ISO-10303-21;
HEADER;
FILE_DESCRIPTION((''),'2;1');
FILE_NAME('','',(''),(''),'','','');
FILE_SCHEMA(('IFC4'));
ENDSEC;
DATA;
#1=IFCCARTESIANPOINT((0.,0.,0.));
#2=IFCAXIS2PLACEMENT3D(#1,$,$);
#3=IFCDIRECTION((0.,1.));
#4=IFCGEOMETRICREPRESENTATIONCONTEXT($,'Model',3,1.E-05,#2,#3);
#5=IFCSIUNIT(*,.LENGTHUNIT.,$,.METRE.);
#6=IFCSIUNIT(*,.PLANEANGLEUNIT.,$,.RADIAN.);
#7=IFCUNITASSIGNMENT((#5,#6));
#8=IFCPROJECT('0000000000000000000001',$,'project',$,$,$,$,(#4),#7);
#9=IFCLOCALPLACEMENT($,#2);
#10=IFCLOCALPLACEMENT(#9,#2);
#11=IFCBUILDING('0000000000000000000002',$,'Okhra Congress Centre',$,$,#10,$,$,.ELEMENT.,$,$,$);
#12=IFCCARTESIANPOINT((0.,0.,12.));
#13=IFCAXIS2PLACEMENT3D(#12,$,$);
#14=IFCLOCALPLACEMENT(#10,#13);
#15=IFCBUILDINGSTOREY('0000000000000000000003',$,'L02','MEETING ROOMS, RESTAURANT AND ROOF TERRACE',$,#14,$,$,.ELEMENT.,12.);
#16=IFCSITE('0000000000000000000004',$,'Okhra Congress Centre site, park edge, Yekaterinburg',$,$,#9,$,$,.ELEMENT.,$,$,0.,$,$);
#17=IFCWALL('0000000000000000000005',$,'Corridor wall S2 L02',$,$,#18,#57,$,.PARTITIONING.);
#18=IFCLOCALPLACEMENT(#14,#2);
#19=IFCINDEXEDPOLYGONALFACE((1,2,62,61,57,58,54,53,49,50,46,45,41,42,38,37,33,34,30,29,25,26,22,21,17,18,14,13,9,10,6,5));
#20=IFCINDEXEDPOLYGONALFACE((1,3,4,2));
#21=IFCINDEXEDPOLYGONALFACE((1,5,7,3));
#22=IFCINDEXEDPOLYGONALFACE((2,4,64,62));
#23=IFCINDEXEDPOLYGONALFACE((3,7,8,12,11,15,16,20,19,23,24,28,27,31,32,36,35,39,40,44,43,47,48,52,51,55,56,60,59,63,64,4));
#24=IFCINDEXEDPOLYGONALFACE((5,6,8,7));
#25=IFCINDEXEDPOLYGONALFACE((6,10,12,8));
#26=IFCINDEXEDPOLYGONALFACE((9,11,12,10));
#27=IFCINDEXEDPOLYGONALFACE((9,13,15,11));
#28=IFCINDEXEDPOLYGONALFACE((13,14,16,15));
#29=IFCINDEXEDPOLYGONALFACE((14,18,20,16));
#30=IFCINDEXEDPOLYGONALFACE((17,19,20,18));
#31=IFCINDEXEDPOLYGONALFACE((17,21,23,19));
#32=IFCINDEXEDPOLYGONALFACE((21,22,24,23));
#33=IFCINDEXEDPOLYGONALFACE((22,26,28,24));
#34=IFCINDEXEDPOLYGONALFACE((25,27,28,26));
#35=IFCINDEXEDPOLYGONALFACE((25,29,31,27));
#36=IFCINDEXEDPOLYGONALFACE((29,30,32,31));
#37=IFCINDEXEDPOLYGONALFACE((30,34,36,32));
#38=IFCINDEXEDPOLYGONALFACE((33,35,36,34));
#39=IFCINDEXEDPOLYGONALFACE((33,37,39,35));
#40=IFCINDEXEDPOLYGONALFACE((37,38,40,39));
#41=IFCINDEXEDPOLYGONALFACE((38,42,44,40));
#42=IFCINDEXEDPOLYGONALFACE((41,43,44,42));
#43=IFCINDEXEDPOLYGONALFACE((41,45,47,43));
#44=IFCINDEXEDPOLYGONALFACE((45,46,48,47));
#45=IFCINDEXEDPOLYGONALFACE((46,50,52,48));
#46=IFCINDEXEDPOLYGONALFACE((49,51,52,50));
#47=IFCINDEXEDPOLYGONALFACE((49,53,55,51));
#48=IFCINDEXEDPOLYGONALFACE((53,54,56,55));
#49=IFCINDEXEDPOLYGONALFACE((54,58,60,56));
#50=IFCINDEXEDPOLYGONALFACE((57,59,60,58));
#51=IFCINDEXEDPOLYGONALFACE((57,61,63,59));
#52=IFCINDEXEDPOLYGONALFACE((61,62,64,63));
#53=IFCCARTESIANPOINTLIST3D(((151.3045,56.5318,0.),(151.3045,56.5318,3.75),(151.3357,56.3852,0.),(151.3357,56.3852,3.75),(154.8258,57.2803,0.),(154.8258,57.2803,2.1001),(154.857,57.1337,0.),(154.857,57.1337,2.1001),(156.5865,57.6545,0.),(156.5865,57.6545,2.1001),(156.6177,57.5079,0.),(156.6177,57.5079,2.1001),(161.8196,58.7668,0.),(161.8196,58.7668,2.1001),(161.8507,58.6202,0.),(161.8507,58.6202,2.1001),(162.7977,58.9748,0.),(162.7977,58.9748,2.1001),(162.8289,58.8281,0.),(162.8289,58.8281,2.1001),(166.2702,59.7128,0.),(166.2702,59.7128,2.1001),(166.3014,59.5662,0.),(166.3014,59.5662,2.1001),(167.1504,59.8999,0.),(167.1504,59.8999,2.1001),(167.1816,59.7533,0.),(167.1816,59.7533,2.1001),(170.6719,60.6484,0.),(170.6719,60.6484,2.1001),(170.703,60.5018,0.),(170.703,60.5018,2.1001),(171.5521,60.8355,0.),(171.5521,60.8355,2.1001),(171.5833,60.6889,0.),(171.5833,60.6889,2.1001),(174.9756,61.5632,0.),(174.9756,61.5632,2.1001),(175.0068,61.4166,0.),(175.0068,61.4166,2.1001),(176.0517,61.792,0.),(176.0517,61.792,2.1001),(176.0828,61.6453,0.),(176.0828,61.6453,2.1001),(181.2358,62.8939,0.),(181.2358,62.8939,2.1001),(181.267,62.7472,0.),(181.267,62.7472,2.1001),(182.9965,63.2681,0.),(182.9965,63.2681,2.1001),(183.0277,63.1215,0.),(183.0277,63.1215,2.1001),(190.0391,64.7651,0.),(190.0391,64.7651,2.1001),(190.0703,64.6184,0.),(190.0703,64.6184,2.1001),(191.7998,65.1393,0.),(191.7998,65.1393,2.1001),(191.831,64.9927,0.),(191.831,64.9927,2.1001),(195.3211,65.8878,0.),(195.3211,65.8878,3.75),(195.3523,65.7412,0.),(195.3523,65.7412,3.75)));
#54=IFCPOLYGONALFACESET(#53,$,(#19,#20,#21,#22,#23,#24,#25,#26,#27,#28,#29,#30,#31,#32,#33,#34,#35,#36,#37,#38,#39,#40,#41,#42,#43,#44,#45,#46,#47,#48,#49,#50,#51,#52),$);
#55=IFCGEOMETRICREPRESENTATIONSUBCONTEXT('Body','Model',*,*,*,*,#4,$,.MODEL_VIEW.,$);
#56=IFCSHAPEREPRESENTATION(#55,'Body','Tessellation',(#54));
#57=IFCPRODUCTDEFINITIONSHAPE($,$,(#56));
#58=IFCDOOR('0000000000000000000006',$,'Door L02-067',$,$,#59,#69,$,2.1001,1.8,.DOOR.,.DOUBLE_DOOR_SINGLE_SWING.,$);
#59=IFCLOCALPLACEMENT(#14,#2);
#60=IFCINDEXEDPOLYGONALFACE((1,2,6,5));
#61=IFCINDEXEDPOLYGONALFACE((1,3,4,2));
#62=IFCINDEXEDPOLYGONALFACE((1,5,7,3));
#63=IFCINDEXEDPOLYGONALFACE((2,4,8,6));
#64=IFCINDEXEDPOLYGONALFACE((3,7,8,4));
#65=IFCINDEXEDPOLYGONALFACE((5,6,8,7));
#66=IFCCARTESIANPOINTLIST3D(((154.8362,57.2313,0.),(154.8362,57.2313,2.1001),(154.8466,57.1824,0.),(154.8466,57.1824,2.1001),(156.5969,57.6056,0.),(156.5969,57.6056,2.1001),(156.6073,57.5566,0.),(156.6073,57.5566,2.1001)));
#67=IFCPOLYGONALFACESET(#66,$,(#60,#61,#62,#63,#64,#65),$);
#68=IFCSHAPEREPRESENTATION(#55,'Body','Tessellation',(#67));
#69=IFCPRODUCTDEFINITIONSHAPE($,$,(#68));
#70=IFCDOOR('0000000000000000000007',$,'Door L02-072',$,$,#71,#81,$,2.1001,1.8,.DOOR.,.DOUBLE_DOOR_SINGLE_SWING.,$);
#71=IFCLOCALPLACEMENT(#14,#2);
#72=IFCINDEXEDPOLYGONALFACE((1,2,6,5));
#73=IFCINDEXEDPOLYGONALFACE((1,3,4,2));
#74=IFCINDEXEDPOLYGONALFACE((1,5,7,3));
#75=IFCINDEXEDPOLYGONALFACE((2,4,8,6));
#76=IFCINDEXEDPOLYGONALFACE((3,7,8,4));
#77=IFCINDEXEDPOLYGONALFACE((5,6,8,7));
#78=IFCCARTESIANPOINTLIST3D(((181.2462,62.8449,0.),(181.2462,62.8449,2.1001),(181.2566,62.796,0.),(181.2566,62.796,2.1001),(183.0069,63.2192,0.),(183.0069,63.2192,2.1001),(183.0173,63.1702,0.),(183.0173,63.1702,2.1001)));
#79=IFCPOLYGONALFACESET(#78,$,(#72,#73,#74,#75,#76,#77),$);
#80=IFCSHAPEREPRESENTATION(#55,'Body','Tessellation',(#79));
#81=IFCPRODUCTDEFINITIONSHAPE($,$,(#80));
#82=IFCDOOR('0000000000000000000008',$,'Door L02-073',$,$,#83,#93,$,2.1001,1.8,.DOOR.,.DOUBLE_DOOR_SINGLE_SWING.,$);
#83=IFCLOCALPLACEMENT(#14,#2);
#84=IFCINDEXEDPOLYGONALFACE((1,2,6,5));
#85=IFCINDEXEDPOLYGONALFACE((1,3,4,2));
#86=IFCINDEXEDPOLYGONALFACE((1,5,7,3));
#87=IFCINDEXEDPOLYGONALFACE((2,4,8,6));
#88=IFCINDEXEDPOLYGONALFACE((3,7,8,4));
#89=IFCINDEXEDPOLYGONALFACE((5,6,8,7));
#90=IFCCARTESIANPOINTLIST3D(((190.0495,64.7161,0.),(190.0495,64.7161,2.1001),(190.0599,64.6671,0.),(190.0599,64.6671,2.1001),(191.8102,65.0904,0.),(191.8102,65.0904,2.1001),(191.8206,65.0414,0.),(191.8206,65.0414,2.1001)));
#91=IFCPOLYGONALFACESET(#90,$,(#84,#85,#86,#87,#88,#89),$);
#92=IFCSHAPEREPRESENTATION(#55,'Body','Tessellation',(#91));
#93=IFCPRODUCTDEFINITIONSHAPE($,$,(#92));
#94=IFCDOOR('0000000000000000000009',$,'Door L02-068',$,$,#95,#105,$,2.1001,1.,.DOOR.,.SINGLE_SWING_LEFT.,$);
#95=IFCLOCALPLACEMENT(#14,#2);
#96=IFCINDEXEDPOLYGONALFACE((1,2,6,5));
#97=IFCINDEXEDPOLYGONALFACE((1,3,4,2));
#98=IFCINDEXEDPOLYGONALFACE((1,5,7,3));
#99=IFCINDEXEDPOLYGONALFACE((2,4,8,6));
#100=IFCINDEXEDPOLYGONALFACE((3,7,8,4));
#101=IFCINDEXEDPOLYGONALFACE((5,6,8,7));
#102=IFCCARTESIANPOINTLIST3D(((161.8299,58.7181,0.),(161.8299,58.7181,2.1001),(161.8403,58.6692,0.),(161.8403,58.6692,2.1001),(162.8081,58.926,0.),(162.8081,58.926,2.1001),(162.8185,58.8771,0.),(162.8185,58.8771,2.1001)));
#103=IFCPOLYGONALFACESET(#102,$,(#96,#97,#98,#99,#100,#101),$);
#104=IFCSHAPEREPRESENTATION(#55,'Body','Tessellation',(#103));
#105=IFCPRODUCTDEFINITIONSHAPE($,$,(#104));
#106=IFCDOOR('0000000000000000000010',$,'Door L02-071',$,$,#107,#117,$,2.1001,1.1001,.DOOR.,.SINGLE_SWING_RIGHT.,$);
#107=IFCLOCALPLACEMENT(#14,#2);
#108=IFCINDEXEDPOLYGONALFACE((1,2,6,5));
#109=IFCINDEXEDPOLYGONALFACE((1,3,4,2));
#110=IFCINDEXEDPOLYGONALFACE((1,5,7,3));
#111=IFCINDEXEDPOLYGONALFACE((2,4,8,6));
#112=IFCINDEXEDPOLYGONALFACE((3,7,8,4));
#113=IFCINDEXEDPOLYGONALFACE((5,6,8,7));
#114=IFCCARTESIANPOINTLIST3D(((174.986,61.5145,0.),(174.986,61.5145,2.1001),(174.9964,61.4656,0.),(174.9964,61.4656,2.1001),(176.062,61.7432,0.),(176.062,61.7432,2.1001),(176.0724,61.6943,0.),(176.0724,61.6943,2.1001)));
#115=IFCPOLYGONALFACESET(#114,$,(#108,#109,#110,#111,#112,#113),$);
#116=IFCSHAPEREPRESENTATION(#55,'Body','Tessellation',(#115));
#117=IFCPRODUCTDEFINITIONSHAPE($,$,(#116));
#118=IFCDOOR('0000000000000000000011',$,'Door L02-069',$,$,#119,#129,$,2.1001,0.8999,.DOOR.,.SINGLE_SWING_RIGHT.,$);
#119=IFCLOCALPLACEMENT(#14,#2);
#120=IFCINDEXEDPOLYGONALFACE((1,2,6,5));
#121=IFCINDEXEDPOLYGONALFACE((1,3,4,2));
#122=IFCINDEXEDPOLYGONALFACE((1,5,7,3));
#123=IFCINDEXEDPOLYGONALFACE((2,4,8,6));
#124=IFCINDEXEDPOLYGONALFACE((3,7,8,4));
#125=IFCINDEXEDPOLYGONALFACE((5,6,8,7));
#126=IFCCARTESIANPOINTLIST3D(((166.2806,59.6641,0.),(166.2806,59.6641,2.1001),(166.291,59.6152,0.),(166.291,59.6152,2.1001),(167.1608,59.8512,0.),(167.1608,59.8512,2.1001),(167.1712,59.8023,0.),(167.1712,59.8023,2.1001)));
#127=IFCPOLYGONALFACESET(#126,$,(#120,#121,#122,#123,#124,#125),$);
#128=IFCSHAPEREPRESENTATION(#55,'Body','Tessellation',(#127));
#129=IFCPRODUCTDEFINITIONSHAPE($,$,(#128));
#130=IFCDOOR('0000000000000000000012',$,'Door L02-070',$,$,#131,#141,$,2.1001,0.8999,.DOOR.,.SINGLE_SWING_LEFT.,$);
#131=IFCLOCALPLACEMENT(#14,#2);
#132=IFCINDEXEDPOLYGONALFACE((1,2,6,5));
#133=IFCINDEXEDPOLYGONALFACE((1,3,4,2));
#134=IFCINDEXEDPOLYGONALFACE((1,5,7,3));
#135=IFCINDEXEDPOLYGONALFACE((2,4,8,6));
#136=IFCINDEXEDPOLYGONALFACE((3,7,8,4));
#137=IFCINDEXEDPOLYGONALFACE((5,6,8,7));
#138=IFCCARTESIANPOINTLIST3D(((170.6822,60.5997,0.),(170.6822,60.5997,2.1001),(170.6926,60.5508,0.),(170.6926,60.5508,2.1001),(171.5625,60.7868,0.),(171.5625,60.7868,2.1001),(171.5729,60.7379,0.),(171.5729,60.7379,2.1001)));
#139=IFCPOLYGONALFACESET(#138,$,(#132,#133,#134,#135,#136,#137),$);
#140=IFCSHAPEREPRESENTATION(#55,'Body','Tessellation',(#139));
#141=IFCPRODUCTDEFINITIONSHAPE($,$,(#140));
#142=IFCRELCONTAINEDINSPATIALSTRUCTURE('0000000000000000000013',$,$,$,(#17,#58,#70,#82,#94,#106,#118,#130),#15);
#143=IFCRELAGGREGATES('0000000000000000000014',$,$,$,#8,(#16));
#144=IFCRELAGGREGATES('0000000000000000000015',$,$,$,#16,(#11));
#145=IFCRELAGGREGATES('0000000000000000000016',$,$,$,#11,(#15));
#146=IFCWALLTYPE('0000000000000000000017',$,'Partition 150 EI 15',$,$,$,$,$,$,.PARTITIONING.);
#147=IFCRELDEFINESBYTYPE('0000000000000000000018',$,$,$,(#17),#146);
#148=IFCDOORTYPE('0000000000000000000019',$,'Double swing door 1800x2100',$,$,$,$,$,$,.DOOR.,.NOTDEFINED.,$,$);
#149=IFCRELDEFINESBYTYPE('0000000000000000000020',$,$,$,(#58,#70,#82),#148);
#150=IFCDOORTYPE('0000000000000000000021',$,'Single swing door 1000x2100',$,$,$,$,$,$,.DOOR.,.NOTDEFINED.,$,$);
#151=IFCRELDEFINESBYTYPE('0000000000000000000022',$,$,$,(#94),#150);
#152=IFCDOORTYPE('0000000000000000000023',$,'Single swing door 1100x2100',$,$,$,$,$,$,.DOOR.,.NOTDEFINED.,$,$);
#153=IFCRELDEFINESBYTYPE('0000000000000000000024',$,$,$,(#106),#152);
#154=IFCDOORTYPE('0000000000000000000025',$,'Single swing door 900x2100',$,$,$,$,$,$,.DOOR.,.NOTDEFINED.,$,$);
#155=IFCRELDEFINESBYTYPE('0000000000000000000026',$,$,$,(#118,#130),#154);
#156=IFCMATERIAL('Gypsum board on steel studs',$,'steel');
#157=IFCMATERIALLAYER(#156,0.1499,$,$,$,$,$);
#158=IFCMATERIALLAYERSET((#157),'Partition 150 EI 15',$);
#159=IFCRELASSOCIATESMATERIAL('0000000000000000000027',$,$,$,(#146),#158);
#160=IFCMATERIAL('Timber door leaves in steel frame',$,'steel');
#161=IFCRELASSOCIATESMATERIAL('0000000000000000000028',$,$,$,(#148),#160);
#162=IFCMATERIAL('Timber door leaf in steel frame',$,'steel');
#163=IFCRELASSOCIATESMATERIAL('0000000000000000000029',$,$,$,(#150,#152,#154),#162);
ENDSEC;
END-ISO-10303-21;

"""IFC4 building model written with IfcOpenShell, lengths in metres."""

from ifc_helpers import new_model, si_unit, direction, frame, frame_2d, origin, place, context, subcontext, project, spatial, rectangle, extrude, material, layer, layer_set, type_object, element, fill, save


model = new_model("IFC4")

# Units and contexts
model_context = context("Model", 3, precision=1e-05, world=origin(), true_north=direction((0.0, 1.0)))
body_context = subcontext(model_context, "Body", "Model", "MODEL_VIEW")
ifc_project = project(units=[si_unit("LENGTHUNIT", "METRE"), si_unit("PLANEANGLEUNIT", "RADIAN")], contexts=[model_context])

# Site, building, storey
site_placement = place(None, origin())
site = spatial("IfcSite", under=ifc_project, at=site_placement, Name="Okhra Congress Centre site, park edge, Yekaterinburg", CompositionType="ELEMENT", RefElevation=0.0)
building_placement = place(site_placement, origin())
building = spatial("IfcBuilding", under=site, at=building_placement, Name="Okhra Congress Centre", CompositionType="ELEMENT")
storey_placement = place(building_placement, frame((0.0, 0.0, 12.0)))
storey = spatial("IfcBuildingStorey", under=building, at=storey_placement, Name="L02", Description="MEETING ROOMS, RESTAURANT AND ROOF TERRACE", CompositionType="ELEMENT", Elevation=12.0)

# Wall, openings, doors
ifc_material_1 = material(Name="Gypsum board on steel studs", Category="steel")
ifc_layer_1 = layer(ifc_material_1, 0.1499)
ifc_layer_set_1 = layer_set([ifc_layer_1], Name="Partition 150 EI 15")
wall_type_1 = type_object("IfcWallType", Name="Partition 150 EI 15", PredefinedType="PARTITIONING", material=ifc_layer_set_1)
wall_1_placement = place(storey_placement, frame((151.3201, 56.4585, 0.0), z_axis=(0.0, 0.0, 1.0), x_axis=(0.978148, 0.20791, 0.0)))
wall_1 = element("IfcWall", 1, at=wall_1_placement, inside=storey, type_object=wall_type_1, Name="Corridor wall S2 L02", PredefinedType="PARTITIONING", context=body_context, shape_type="SweptSolid", body=[
    extrude(rectangle(XDim=45.0, YDim=0.1499, at=frame_2d((22.5, 0.0))), origin(), (0.0, 0.0, 1.0), 3.75),
])
opening_1_placement = place(wall_1_placement, frame((3.6001, 0.0, 0.0)))
opening_1 = element("IfcOpeningElement", 2, at=opening_1_placement, cuts=wall_1, PredefinedType="OPENING", context=body_context, shape_type="SweptSolid", body=[
    extrude(rectangle(XDim=1.8, YDim=2.1001, at=frame_2d((0.8999, 1.05))), frame((0.0, 0.085, 0.0), z_axis=(0.0, -1.0, 0.0), x_axis=(1.0, 0.0, 0.0)), (0.0, 0.0, 1.0), 0.1699),
])
opening_2_placement = place(wall_1_placement, frame((10.75, 0.0, 0.0)))
opening_2 = element("IfcOpeningElement", 3, at=opening_2_placement, cuts=wall_1, PredefinedType="OPENING", context=body_context, shape_type="SweptSolid", body=[
    extrude(rectangle(XDim=1.0, YDim=2.1001, at=frame_2d((0.5, 1.05))), frame((0.0, 0.085, 0.0), z_axis=(0.0, -1.0, 0.0), x_axis=(1.0, 0.0, 0.0)), (0.0, 0.0, 1.0), 0.1699),
])
opening_3_placement = place(wall_1_placement, frame((15.3, 0.0, 0.0)))
opening_3 = element("IfcOpeningElement", 4, at=opening_3_placement, cuts=wall_1, PredefinedType="OPENING", context=body_context, shape_type="SweptSolid", body=[
    extrude(rectangle(XDim=0.8999, YDim=2.1001, at=frame_2d((0.45, 1.05))), frame((0.0, 0.085, 0.0), z_axis=(0.0, -1.0, 0.0), x_axis=(1.0, 0.0, 0.0)), (0.0, 0.0, 1.0), 0.1699),
])
opening_4_placement = place(wall_1_placement, frame((19.8, 0.0, 0.0)))
opening_4 = element("IfcOpeningElement", 5, at=opening_4_placement, cuts=wall_1, PredefinedType="OPENING", context=body_context, shape_type="SweptSolid", body=[
    extrude(rectangle(XDim=0.8999, YDim=2.1001, at=frame_2d((0.45, 1.05))), frame((0.0, 0.085, 0.0), z_axis=(0.0, -1.0, 0.0), x_axis=(1.0, 0.0, 0.0)), (0.0, 0.0, 1.0), 0.1699),
])
opening_5_placement = place(wall_1_placement, frame((24.2, 0.0, 0.0)))
opening_5 = element("IfcOpeningElement", 6, at=opening_5_placement, cuts=wall_1, PredefinedType="OPENING", context=body_context, shape_type="SweptSolid", body=[
    extrude(rectangle(XDim=1.1001, YDim=2.1001, at=frame_2d((0.55, 1.05))), frame((0.0, 0.085, 0.0), z_axis=(0.0, -1.0, 0.0), x_axis=(1.0, 0.0, 0.0)), (0.0, 0.0, 1.0), 0.1699),
])
opening_6_placement = place(wall_1_placement, frame((30.6001, 0.0, 0.0)))
opening_6 = element("IfcOpeningElement", 7, at=opening_6_placement, cuts=wall_1, PredefinedType="OPENING", context=body_context, shape_type="SweptSolid", body=[
    extrude(rectangle(XDim=1.8, YDim=2.1001, at=frame_2d((0.8999, 1.05))), frame((0.0, 0.085, 0.0), z_axis=(0.0, -1.0, 0.0), x_axis=(1.0, 0.0, 0.0)), (0.0, 0.0, 1.0), 0.1699),
])
opening_7_placement = place(wall_1_placement, frame((39.6001, 0.0, 0.0)))
opening_7 = element("IfcOpeningElement", 8, at=opening_7_placement, cuts=wall_1, PredefinedType="OPENING", context=body_context, shape_type="SweptSolid", body=[
    extrude(rectangle(XDim=1.8, YDim=2.1001, at=frame_2d((0.8999, 1.05))), frame((0.0, 0.085, 0.0), z_axis=(0.0, -1.0, 0.0), x_axis=(1.0, 0.0, 0.0)), (0.0, 0.0, 1.0), 0.1699),
])
ifc_material_2 = material(Name="Timber door leaves in steel frame", Category="steel")
door_type_1 = type_object("IfcDoorType", Name="Double swing door 1800x2100", OperationType="NOTDEFINED", PredefinedType="DOOR", material=ifc_material_2)
door_1_placement = place(opening_1_placement, origin())
door_1 = element("IfcDoor", 9, at=door_1_placement, inside=storey, type_object=door_type_1, Name="Door L02-067", OperationType="DOUBLE_DOOR_SINGLE_SWING", OverallHeight=2.1001, OverallWidth=1.8, PredefinedType="DOOR", context=body_context, shape_type="SweptSolid", body=[
    extrude(rectangle(XDim=1.8, YDim=2.1001, at=frame_2d((0.8999, 1.05))), frame((0.0, 0.0249, 0.0), z_axis=(0.0, -1.0, 0.0), x_axis=(1.0, 0.0, 0.0)), (0.0, 0.0, 1.0), 0.05),
])
fill(opening_1, door_1)
door_2_placement = place(opening_6_placement, origin())
door_2 = element("IfcDoor", 10, at=door_2_placement, inside=storey, type_object=door_type_1, Name="Door L02-072", OperationType="DOUBLE_DOOR_SINGLE_SWING", OverallHeight=2.1001, OverallWidth=1.8, PredefinedType="DOOR", context=body_context, shape_type="SweptSolid", body=[
    extrude(rectangle(XDim=1.8, YDim=2.1001, at=frame_2d((0.8999, 1.05))), frame((0.0, 0.0249, 0.0), z_axis=(0.0, -1.0, 0.0), x_axis=(1.0, 0.0, 0.0)), (0.0, 0.0, 1.0), 0.05),
])
fill(opening_6, door_2)
door_3_placement = place(opening_7_placement, origin())
door_3 = element("IfcDoor", 11, at=door_3_placement, inside=storey, type_object=door_type_1, Name="Door L02-073", OperationType="DOUBLE_DOOR_SINGLE_SWING", OverallHeight=2.1001, OverallWidth=1.8, PredefinedType="DOOR", context=body_context, shape_type="SweptSolid", body=[
    extrude(rectangle(XDim=1.8, YDim=2.1001, at=frame_2d((0.8999, 1.05))), frame((0.0, 0.0249, 0.0), z_axis=(0.0, -1.0, 0.0), x_axis=(1.0, 0.0, 0.0)), (0.0, 0.0, 1.0), 0.05),
])
fill(opening_7, door_3)
ifc_material_3 = material(Name="Timber door leaf in steel frame", Category="steel")
door_type_2 = type_object("IfcDoorType", Name="Single swing door 1000x2100", OperationType="NOTDEFINED", PredefinedType="DOOR", material=ifc_material_3)
door_4_placement = place(opening_2_placement, frame((1.0, 0.0, 0.0), z_axis=(0.0, 0.0, 1.0), x_axis=(-1.0, 0.0, 0.0)))
door_4 = element("IfcDoor", 12, at=door_4_placement, inside=storey, type_object=door_type_2, Name="Door L02-068", OperationType="SINGLE_SWING_LEFT", OverallHeight=2.1001, OverallWidth=1.0, PredefinedType="DOOR", context=body_context, shape_type="SweptSolid", body=[
    extrude(rectangle(XDim=1.0, YDim=2.1001, at=frame_2d((0.5, 1.05))), frame((0.0, 0.0249, 0.0), z_axis=(0.0, -1.0, 0.0), x_axis=(1.0, 0.0, 0.0)), (0.0, 0.0, 1.0), 0.05),
])
fill(opening_2, door_4)
door_type_3 = type_object("IfcDoorType", Name="Single swing door 1100x2100", OperationType="NOTDEFINED", PredefinedType="DOOR", material=ifc_material_3)
door_5_placement = place(opening_5_placement, frame((1.1001, 0.0, 0.0), z_axis=(0.0, 0.0, 1.0), x_axis=(-1.0, 0.0, 0.0)))
door_5 = element("IfcDoor", 13, at=door_5_placement, inside=storey, type_object=door_type_3, Name="Door L02-071", OperationType="SINGLE_SWING_RIGHT", OverallHeight=2.1001, OverallWidth=1.1001, PredefinedType="DOOR", context=body_context, shape_type="SweptSolid", body=[
    extrude(rectangle(XDim=1.1001, YDim=2.1001, at=frame_2d((0.55, 1.05))), frame((0.0, 0.0249, 0.0), z_axis=(0.0, -1.0, 0.0), x_axis=(1.0, 0.0, 0.0)), (0.0, 0.0, 1.0), 0.05),
])
fill(opening_5, door_5)
door_type_4 = type_object("IfcDoorType", Name="Single swing door 900x2100", OperationType="NOTDEFINED", PredefinedType="DOOR", material=ifc_material_3)
door_6_placement = place(opening_3_placement, frame((0.8999, 0.0, 0.0), z_axis=(0.0, 0.0, 1.0), x_axis=(-1.0, 0.0, 0.0)))
door_6 = element("IfcDoor", 14, at=door_6_placement, inside=storey, type_object=door_type_4, Name="Door L02-069", OperationType="SINGLE_SWING_RIGHT", OverallHeight=2.1001, OverallWidth=0.8999, PredefinedType="DOOR", context=body_context, shape_type="SweptSolid", body=[
    extrude(rectangle(XDim=0.8999, YDim=2.1001, at=frame_2d((0.45, 1.05))), frame((0.0, 0.0249, 0.0), z_axis=(0.0, -1.0, 0.0), x_axis=(1.0, 0.0, 0.0)), (0.0, 0.0, 1.0), 0.05),
])
fill(opening_3, door_6)
door_7_placement = place(opening_4_placement, frame((0.8999, 0.0, 0.0), z_axis=(0.0, 0.0, 1.0), x_axis=(-1.0, 0.0, 0.0)))
door_7 = element("IfcDoor", 15, at=door_7_placement, inside=storey, type_object=door_type_4, Name="Door L02-070", OperationType="SINGLE_SWING_LEFT", OverallHeight=2.1001, OverallWidth=0.8999, PredefinedType="DOOR", context=body_context, shape_type="SweptSolid", body=[
    extrude(rectangle(XDim=0.8999, YDim=2.1001, at=frame_2d((0.45, 1.05))), frame((0.0, 0.0249, 0.0), z_axis=(0.0, -1.0, 0.0), x_axis=(1.0, 0.0, 0.0)), (0.0, 0.0, 1.0), 0.05),
])
fill(opening_4, door_7)

save(model, "model.ifc")
